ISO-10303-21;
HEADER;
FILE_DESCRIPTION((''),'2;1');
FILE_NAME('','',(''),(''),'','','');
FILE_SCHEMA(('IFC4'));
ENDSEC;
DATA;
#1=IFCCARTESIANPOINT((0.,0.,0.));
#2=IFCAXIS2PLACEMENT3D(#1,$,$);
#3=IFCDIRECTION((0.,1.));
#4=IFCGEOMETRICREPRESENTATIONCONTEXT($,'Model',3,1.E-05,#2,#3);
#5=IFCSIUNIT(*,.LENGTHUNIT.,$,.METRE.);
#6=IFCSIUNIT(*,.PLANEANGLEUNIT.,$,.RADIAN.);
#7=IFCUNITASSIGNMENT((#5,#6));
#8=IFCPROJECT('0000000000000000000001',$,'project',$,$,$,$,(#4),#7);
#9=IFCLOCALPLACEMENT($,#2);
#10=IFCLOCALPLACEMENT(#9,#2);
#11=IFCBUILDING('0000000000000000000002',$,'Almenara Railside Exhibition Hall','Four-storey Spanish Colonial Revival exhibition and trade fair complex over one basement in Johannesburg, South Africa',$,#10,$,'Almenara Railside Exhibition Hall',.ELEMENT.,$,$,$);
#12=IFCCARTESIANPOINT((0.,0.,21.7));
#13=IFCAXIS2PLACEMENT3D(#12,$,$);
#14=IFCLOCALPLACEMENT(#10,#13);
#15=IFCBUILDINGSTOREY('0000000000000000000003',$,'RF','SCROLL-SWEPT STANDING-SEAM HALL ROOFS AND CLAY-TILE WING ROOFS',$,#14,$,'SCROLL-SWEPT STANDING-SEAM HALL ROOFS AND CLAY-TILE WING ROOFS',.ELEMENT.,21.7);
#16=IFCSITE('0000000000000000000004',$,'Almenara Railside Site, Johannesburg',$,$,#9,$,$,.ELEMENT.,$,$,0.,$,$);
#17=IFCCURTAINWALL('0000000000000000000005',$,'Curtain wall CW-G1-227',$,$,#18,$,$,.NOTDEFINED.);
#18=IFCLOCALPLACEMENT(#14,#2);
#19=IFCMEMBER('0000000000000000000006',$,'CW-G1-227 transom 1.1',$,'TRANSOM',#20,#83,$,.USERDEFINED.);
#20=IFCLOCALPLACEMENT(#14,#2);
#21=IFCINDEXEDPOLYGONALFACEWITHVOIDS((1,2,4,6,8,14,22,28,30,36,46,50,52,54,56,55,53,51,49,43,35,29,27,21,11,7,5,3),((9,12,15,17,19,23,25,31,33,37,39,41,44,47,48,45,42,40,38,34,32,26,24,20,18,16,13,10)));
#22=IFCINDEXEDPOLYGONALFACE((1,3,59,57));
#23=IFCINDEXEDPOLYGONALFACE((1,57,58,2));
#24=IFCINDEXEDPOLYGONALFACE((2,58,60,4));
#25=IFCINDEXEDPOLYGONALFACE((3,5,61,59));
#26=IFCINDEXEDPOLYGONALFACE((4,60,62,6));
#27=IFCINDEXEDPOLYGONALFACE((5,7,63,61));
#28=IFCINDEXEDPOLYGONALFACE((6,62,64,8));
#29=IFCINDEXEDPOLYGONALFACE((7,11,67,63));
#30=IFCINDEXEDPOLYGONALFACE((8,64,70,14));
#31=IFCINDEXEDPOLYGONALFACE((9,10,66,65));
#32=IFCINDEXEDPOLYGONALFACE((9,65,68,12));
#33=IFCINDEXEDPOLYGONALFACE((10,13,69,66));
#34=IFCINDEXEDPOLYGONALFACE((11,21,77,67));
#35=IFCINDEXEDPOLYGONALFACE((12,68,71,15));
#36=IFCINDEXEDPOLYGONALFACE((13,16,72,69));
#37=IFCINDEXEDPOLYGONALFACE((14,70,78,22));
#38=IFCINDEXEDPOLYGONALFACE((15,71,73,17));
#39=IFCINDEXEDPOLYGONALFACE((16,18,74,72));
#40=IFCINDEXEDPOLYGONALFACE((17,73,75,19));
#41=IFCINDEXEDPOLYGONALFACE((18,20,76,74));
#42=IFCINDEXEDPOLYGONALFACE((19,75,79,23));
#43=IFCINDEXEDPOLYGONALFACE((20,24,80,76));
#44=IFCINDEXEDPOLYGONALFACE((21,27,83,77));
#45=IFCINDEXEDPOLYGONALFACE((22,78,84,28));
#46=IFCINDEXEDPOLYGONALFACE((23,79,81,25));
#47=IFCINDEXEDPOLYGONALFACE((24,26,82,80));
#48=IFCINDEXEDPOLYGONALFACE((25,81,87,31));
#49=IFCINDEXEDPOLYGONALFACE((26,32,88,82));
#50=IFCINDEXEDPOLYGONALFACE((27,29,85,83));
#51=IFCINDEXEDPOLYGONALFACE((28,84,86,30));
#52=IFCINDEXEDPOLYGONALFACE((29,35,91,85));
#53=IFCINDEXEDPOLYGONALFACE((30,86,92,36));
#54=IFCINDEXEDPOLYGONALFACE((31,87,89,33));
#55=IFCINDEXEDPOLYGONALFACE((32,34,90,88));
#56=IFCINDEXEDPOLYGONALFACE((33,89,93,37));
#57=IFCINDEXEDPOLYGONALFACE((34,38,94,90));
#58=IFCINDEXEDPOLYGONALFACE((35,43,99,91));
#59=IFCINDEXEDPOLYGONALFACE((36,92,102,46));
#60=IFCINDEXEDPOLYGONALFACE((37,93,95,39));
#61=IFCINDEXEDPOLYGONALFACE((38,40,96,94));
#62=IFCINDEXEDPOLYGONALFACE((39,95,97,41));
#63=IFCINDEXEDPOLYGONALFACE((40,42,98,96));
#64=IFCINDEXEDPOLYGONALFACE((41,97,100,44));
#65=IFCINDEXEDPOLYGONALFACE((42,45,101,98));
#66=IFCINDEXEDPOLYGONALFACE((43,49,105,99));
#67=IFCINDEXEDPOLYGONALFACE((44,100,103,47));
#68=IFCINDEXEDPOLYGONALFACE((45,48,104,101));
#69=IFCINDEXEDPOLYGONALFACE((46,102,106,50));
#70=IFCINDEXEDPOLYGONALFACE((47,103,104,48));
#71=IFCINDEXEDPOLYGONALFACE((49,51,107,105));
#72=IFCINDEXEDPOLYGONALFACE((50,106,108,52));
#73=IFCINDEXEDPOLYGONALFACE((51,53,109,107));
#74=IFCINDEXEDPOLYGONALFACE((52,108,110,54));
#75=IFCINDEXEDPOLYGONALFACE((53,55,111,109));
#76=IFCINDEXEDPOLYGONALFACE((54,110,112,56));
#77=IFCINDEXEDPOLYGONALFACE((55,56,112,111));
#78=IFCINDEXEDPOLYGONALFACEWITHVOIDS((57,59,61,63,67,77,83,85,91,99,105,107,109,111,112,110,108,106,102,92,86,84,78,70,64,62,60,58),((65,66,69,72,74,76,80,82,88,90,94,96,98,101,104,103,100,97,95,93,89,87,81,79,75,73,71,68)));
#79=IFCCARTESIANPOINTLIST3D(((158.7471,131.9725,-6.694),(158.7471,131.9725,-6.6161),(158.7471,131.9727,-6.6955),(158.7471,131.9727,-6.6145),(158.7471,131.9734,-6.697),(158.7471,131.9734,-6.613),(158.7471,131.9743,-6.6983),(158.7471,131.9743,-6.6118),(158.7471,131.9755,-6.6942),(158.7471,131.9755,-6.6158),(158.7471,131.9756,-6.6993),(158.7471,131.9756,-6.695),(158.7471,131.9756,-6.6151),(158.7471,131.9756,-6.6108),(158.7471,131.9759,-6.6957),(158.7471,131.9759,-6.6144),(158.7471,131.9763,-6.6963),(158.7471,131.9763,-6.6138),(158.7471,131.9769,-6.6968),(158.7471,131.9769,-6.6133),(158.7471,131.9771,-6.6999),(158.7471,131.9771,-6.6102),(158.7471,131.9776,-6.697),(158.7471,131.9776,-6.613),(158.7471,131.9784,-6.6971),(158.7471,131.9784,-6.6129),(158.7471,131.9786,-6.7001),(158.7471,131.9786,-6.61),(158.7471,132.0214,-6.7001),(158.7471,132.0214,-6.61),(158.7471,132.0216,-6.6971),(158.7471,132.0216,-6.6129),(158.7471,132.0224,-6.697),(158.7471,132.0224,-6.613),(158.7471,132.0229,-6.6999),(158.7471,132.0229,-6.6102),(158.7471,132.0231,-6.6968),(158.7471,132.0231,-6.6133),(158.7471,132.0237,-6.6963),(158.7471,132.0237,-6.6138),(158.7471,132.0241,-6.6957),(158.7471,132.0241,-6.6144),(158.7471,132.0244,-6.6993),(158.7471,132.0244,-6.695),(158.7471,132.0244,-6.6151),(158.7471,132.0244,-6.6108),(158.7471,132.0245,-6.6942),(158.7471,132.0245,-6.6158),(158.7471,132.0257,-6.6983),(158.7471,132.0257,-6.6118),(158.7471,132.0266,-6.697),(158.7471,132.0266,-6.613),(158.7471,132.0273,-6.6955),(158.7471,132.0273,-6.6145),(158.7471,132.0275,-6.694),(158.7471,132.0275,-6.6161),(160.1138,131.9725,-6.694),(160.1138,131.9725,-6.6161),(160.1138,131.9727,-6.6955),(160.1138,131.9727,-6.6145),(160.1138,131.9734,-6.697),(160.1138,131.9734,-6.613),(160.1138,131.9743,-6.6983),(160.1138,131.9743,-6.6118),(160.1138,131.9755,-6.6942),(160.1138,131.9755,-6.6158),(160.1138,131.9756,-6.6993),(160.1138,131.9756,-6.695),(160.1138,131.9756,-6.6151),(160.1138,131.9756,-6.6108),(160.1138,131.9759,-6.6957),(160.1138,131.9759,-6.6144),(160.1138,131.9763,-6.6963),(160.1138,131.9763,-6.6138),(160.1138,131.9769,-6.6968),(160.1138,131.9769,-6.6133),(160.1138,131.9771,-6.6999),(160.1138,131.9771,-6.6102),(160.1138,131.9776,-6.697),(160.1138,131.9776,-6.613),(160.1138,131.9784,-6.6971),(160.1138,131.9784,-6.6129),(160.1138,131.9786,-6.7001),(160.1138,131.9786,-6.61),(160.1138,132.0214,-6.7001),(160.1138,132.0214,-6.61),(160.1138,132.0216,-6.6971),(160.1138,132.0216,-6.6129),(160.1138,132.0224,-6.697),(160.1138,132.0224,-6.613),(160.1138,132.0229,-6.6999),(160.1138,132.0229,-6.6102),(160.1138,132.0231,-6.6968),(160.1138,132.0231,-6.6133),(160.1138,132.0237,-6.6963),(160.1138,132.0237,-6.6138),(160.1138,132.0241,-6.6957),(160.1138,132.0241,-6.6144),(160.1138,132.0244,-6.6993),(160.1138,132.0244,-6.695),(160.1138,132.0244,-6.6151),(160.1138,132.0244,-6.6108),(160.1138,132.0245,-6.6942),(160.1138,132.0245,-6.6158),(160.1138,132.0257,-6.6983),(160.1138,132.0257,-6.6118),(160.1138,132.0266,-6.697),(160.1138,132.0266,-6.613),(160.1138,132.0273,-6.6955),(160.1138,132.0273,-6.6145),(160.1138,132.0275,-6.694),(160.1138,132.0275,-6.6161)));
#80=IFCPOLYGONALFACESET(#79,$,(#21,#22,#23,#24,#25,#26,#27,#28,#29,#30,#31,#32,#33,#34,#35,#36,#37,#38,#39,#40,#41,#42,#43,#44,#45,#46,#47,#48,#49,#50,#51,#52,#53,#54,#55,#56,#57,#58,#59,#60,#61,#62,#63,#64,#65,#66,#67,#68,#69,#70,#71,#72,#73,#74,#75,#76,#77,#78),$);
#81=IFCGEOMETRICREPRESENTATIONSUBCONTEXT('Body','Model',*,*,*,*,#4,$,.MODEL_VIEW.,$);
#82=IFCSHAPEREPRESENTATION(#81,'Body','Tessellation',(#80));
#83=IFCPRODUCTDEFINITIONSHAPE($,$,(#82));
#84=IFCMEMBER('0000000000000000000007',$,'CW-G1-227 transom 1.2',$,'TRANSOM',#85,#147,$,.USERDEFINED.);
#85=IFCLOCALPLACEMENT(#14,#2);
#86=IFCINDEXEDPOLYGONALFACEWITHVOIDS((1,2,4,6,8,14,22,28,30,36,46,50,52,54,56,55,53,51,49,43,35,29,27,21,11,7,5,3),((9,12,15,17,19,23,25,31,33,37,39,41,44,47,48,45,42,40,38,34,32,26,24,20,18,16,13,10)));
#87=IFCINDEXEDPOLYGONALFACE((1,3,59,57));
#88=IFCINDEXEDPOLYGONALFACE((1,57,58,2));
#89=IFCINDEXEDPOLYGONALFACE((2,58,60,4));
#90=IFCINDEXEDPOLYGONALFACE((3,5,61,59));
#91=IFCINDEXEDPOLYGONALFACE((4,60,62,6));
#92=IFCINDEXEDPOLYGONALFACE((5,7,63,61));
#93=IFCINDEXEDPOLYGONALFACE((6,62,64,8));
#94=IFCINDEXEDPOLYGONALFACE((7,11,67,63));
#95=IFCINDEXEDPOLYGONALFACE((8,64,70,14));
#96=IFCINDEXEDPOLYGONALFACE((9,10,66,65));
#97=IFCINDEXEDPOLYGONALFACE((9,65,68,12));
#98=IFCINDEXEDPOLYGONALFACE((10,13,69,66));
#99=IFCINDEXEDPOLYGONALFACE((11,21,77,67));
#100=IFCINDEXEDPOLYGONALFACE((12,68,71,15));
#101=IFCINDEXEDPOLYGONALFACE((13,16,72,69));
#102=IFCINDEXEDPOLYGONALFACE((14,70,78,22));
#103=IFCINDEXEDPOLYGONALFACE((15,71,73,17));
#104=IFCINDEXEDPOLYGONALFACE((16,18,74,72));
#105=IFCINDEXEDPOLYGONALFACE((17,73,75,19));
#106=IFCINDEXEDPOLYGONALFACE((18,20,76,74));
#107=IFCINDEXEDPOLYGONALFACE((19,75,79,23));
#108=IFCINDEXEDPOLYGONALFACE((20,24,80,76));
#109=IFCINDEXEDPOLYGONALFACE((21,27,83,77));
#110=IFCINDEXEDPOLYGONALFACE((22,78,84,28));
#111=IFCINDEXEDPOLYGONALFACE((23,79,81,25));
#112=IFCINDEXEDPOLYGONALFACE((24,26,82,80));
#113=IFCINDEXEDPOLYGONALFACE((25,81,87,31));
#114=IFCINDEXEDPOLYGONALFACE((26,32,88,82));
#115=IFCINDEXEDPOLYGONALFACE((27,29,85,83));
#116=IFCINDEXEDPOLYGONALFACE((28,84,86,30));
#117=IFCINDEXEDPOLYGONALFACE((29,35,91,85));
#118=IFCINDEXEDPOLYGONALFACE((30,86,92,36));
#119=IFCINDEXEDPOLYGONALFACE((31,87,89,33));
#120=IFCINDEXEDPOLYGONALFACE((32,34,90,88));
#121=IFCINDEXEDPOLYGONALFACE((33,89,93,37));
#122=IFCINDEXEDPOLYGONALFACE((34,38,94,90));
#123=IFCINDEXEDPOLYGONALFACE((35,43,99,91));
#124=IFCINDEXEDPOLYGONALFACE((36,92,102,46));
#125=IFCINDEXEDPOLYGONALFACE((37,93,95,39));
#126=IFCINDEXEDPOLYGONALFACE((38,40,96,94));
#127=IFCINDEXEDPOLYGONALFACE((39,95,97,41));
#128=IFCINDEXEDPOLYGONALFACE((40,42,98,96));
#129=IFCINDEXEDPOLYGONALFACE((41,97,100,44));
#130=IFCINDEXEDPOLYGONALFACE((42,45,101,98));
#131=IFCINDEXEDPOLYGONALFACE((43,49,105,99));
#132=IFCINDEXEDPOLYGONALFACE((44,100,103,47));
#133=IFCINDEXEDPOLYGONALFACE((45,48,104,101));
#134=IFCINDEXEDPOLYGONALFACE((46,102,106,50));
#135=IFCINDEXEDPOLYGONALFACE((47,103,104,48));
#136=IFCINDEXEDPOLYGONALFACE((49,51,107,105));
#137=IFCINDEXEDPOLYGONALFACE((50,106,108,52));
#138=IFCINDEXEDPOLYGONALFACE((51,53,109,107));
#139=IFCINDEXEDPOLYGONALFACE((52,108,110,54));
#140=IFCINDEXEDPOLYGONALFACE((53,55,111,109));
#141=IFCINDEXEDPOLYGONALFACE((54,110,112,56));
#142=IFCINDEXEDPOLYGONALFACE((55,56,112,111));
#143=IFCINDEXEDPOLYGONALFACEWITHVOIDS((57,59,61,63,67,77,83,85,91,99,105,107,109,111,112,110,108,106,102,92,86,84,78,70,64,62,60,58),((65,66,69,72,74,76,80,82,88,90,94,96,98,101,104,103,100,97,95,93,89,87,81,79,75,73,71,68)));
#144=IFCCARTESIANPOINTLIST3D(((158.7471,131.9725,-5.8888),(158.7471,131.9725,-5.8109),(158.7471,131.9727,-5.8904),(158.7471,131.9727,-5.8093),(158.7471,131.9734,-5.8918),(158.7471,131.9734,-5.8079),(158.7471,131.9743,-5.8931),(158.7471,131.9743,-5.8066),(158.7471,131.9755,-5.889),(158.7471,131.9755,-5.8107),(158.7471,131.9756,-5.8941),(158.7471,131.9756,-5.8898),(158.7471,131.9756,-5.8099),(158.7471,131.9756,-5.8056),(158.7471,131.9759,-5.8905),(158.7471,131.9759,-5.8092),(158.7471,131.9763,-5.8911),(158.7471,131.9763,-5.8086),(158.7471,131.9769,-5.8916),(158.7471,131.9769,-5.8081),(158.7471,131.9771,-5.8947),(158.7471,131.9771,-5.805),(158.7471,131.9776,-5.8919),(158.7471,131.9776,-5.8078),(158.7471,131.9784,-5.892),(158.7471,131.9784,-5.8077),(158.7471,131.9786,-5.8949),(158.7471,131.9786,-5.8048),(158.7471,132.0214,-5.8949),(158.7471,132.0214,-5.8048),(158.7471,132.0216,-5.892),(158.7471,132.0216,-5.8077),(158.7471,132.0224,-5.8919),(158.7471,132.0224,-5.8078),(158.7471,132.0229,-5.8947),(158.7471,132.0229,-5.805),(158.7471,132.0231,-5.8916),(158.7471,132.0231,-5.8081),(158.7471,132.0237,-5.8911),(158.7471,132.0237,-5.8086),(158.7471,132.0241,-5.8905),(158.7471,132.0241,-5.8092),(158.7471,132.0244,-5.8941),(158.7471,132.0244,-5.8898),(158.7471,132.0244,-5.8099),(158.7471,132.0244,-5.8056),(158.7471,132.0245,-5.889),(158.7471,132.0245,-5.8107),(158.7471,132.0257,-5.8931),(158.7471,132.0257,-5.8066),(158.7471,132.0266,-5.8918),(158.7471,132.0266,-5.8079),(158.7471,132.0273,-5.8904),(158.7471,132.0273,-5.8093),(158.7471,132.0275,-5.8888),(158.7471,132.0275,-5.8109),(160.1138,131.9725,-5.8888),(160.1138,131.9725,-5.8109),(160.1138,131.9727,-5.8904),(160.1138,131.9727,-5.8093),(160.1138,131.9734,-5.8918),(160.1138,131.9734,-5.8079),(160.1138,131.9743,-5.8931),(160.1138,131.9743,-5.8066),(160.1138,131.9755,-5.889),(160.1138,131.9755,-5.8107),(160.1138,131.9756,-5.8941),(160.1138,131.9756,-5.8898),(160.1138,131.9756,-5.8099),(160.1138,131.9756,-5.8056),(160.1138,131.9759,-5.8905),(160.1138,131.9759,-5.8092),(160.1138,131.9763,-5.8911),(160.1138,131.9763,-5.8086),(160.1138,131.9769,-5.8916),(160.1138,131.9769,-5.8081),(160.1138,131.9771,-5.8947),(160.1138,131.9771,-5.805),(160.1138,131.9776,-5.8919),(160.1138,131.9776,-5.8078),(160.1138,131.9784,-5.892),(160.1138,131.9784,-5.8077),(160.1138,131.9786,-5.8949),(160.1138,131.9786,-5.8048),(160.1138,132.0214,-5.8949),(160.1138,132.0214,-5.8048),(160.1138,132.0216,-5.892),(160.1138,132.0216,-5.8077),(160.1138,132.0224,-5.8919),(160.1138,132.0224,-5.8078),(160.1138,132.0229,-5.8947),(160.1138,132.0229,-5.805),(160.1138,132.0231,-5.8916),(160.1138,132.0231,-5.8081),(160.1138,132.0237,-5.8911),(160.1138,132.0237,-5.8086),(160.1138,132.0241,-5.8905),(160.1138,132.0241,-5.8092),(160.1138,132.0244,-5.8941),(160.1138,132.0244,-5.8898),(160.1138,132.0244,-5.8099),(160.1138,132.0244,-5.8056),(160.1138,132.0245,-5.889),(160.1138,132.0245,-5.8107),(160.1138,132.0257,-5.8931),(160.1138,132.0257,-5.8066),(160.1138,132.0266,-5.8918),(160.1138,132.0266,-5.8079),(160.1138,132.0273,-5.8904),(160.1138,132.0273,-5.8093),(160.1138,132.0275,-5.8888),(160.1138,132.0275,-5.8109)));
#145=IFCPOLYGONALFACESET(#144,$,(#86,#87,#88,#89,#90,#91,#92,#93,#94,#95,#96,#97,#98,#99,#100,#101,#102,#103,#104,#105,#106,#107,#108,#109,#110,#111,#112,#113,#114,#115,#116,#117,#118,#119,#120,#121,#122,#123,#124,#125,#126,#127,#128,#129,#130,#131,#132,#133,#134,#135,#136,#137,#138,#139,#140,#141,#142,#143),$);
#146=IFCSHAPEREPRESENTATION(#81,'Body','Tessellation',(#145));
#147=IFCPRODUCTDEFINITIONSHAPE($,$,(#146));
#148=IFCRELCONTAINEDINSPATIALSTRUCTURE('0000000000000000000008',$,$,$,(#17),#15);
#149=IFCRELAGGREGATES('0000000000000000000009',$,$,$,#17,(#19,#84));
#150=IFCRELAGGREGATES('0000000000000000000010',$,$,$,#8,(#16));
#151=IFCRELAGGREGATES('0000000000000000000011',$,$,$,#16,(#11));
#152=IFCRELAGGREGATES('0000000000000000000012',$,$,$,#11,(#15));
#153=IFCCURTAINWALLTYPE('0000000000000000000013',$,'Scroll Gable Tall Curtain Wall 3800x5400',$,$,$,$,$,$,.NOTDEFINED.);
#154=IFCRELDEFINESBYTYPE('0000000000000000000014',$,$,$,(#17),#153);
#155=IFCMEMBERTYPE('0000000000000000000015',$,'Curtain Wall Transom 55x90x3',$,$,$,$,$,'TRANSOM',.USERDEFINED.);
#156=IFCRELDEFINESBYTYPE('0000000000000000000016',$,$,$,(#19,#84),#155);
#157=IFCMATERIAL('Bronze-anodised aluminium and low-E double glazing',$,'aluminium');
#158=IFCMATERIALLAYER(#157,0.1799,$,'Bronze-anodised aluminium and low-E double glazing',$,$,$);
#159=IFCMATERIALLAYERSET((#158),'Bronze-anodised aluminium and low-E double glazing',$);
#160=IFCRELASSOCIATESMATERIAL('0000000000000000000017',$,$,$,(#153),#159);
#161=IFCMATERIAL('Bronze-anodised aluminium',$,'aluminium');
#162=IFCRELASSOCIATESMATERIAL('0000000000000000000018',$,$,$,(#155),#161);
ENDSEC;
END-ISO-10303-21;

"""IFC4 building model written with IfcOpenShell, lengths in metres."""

from ifc_helpers import new_model, si_unit, direction, frame, origin, origin_2d, place, context, subcontext, project, spatial, hollow_rectangle, extrude, material, layer, layer_set, material_profile, profile_set, type_object, element, aggregate, save


model = new_model("IFC4")

# Units and contexts
model_context = context("Model", 3, precision=1e-05, world=origin(), true_north=direction((0.0, 1.0)))
body_context = subcontext(model_context, "Body", "Model", "MODEL_VIEW")
ifc_project = project(units=[si_unit("LENGTHUNIT", "METRE"), si_unit("PLANEANGLEUNIT", "RADIAN")], contexts=[model_context])

# Site, building, storey
site_placement = place(None, origin())
site = spatial("IfcSite", under=ifc_project, at=site_placement, Name="Almenara Railside Site, Johannesburg", CompositionType="ELEMENT", RefElevation=0.0)
building_placement = place(site_placement, origin())
building = spatial("IfcBuilding", under=site, at=building_placement, Name="Almenara Railside Exhibition Hall", Description="Four-storey Spanish Colonial Revival exhibition and trade fair complex over one basement in Johannesburg, South Africa", LongName="Almenara Railside Exhibition Hall", CompositionType="ELEMENT")
storey_placement = place(building_placement, frame((0.0, 0.0, 21.7)))
storey = spatial("IfcBuildingStorey", under=building, at=storey_placement, Name="RF", Description="SCROLL-SWEPT STANDING-SEAM HALL ROOFS AND CLAY-TILE WING ROOFS", LongName="SCROLL-SWEPT STANDING-SEAM HALL ROOFS AND CLAY-TILE WING ROOFS", CompositionType="ELEMENT", Elevation=21.7)

# Curtain wall
ifc_material_1 = material(Name="Bronze-anodised aluminium and low-E double glazing", Category="aluminium")
ifc_layer_1 = layer(ifc_material_1, 0.1799, Name="Bronze-anodised aluminium and low-E double glazing")
ifc_layer_set_1 = layer_set([ifc_layer_1], Name="Bronze-anodised aluminium and low-E double glazing")
curtain_wall_type = type_object("IfcCurtainWallType", Name="Scroll Gable Tall Curtain Wall 3800x5400", PredefinedType="NOTDEFINED", material=ifc_layer_set_1)
curtain_wall_1_placement = place(storey_placement, origin())
curtain_wall_1 = element("IfcCurtainWall", 1, at=curtain_wall_1_placement, inside=storey, type_object=curtain_wall_type, Name="Curtain wall CW-G1-227", PredefinedType="NOTDEFINED")
ifc_material_2 = material(Name="Bronze-anodised aluminium", Category="aluminium")

# Members
ifc_material_profile_1 = material_profile(ifc_material_2, hollow_rectangle(XDim=0.0549, YDim=0.0901, WallThickness=0.0029, InnerFilletRadius=0.0029, OuterFilletRadius=0.0061, at=origin_2d()), Name="ALU-TRN 55x90x3")
ifc_profile_set_1 = profile_set([ifc_material_profile_1], Name="Bronze-anodised aluminium")
member_type_1 = type_object("IfcMemberType", Name="Curtain Wall Transom 55x90x3", ElementType="TRANSOM", PredefinedType="USERDEFINED", material=ifc_profile_set_1)
member_1_placement = place(storey_placement, frame((158.7471, 132.0, -6.655), z_axis=(1.0, 0.0, 0.0), x_axis=(0.0, 1.0, 0.0)))
member_1 = element("IfcMember", 2, at=member_1_placement, type_object=member_type_1, Name="CW-G1-227 transom 1.1", ObjectType="TRANSOM", PredefinedType="USERDEFINED", context=body_context, shape_type="SweptSolid", body=[
    extrude(hollow_rectangle(XDim=0.0549, YDim=0.0901, WallThickness=0.0029, InnerFilletRadius=0.0029, OuterFilletRadius=0.0061, at=origin_2d()), origin(), (0.0, 0.0, 1.0), 1.3667),
])
member_2_placement = place(storey_placement, frame((158.7471, 132.0, -5.8499), z_axis=(1.0, 0.0, 0.0), x_axis=(0.0, 1.0, 0.0)))
member_2 = element("IfcMember", 3, at=member_2_placement, type_object=member_type_1, Name="CW-G1-227 transom 1.2", ObjectType="TRANSOM", PredefinedType="USERDEFINED", context=body_context, shape_type="SweptSolid", body=[
    extrude(hollow_rectangle(XDim=0.0549, YDim=0.0901, WallThickness=0.0029, InnerFilletRadius=0.0029, OuterFilletRadius=0.0061, at=origin_2d()), origin(), (0.0, 0.0, 1.0), 1.3667),
])

aggregate(curtain_wall_1, [member_1, member_2])

save(model, "model.ifc")
